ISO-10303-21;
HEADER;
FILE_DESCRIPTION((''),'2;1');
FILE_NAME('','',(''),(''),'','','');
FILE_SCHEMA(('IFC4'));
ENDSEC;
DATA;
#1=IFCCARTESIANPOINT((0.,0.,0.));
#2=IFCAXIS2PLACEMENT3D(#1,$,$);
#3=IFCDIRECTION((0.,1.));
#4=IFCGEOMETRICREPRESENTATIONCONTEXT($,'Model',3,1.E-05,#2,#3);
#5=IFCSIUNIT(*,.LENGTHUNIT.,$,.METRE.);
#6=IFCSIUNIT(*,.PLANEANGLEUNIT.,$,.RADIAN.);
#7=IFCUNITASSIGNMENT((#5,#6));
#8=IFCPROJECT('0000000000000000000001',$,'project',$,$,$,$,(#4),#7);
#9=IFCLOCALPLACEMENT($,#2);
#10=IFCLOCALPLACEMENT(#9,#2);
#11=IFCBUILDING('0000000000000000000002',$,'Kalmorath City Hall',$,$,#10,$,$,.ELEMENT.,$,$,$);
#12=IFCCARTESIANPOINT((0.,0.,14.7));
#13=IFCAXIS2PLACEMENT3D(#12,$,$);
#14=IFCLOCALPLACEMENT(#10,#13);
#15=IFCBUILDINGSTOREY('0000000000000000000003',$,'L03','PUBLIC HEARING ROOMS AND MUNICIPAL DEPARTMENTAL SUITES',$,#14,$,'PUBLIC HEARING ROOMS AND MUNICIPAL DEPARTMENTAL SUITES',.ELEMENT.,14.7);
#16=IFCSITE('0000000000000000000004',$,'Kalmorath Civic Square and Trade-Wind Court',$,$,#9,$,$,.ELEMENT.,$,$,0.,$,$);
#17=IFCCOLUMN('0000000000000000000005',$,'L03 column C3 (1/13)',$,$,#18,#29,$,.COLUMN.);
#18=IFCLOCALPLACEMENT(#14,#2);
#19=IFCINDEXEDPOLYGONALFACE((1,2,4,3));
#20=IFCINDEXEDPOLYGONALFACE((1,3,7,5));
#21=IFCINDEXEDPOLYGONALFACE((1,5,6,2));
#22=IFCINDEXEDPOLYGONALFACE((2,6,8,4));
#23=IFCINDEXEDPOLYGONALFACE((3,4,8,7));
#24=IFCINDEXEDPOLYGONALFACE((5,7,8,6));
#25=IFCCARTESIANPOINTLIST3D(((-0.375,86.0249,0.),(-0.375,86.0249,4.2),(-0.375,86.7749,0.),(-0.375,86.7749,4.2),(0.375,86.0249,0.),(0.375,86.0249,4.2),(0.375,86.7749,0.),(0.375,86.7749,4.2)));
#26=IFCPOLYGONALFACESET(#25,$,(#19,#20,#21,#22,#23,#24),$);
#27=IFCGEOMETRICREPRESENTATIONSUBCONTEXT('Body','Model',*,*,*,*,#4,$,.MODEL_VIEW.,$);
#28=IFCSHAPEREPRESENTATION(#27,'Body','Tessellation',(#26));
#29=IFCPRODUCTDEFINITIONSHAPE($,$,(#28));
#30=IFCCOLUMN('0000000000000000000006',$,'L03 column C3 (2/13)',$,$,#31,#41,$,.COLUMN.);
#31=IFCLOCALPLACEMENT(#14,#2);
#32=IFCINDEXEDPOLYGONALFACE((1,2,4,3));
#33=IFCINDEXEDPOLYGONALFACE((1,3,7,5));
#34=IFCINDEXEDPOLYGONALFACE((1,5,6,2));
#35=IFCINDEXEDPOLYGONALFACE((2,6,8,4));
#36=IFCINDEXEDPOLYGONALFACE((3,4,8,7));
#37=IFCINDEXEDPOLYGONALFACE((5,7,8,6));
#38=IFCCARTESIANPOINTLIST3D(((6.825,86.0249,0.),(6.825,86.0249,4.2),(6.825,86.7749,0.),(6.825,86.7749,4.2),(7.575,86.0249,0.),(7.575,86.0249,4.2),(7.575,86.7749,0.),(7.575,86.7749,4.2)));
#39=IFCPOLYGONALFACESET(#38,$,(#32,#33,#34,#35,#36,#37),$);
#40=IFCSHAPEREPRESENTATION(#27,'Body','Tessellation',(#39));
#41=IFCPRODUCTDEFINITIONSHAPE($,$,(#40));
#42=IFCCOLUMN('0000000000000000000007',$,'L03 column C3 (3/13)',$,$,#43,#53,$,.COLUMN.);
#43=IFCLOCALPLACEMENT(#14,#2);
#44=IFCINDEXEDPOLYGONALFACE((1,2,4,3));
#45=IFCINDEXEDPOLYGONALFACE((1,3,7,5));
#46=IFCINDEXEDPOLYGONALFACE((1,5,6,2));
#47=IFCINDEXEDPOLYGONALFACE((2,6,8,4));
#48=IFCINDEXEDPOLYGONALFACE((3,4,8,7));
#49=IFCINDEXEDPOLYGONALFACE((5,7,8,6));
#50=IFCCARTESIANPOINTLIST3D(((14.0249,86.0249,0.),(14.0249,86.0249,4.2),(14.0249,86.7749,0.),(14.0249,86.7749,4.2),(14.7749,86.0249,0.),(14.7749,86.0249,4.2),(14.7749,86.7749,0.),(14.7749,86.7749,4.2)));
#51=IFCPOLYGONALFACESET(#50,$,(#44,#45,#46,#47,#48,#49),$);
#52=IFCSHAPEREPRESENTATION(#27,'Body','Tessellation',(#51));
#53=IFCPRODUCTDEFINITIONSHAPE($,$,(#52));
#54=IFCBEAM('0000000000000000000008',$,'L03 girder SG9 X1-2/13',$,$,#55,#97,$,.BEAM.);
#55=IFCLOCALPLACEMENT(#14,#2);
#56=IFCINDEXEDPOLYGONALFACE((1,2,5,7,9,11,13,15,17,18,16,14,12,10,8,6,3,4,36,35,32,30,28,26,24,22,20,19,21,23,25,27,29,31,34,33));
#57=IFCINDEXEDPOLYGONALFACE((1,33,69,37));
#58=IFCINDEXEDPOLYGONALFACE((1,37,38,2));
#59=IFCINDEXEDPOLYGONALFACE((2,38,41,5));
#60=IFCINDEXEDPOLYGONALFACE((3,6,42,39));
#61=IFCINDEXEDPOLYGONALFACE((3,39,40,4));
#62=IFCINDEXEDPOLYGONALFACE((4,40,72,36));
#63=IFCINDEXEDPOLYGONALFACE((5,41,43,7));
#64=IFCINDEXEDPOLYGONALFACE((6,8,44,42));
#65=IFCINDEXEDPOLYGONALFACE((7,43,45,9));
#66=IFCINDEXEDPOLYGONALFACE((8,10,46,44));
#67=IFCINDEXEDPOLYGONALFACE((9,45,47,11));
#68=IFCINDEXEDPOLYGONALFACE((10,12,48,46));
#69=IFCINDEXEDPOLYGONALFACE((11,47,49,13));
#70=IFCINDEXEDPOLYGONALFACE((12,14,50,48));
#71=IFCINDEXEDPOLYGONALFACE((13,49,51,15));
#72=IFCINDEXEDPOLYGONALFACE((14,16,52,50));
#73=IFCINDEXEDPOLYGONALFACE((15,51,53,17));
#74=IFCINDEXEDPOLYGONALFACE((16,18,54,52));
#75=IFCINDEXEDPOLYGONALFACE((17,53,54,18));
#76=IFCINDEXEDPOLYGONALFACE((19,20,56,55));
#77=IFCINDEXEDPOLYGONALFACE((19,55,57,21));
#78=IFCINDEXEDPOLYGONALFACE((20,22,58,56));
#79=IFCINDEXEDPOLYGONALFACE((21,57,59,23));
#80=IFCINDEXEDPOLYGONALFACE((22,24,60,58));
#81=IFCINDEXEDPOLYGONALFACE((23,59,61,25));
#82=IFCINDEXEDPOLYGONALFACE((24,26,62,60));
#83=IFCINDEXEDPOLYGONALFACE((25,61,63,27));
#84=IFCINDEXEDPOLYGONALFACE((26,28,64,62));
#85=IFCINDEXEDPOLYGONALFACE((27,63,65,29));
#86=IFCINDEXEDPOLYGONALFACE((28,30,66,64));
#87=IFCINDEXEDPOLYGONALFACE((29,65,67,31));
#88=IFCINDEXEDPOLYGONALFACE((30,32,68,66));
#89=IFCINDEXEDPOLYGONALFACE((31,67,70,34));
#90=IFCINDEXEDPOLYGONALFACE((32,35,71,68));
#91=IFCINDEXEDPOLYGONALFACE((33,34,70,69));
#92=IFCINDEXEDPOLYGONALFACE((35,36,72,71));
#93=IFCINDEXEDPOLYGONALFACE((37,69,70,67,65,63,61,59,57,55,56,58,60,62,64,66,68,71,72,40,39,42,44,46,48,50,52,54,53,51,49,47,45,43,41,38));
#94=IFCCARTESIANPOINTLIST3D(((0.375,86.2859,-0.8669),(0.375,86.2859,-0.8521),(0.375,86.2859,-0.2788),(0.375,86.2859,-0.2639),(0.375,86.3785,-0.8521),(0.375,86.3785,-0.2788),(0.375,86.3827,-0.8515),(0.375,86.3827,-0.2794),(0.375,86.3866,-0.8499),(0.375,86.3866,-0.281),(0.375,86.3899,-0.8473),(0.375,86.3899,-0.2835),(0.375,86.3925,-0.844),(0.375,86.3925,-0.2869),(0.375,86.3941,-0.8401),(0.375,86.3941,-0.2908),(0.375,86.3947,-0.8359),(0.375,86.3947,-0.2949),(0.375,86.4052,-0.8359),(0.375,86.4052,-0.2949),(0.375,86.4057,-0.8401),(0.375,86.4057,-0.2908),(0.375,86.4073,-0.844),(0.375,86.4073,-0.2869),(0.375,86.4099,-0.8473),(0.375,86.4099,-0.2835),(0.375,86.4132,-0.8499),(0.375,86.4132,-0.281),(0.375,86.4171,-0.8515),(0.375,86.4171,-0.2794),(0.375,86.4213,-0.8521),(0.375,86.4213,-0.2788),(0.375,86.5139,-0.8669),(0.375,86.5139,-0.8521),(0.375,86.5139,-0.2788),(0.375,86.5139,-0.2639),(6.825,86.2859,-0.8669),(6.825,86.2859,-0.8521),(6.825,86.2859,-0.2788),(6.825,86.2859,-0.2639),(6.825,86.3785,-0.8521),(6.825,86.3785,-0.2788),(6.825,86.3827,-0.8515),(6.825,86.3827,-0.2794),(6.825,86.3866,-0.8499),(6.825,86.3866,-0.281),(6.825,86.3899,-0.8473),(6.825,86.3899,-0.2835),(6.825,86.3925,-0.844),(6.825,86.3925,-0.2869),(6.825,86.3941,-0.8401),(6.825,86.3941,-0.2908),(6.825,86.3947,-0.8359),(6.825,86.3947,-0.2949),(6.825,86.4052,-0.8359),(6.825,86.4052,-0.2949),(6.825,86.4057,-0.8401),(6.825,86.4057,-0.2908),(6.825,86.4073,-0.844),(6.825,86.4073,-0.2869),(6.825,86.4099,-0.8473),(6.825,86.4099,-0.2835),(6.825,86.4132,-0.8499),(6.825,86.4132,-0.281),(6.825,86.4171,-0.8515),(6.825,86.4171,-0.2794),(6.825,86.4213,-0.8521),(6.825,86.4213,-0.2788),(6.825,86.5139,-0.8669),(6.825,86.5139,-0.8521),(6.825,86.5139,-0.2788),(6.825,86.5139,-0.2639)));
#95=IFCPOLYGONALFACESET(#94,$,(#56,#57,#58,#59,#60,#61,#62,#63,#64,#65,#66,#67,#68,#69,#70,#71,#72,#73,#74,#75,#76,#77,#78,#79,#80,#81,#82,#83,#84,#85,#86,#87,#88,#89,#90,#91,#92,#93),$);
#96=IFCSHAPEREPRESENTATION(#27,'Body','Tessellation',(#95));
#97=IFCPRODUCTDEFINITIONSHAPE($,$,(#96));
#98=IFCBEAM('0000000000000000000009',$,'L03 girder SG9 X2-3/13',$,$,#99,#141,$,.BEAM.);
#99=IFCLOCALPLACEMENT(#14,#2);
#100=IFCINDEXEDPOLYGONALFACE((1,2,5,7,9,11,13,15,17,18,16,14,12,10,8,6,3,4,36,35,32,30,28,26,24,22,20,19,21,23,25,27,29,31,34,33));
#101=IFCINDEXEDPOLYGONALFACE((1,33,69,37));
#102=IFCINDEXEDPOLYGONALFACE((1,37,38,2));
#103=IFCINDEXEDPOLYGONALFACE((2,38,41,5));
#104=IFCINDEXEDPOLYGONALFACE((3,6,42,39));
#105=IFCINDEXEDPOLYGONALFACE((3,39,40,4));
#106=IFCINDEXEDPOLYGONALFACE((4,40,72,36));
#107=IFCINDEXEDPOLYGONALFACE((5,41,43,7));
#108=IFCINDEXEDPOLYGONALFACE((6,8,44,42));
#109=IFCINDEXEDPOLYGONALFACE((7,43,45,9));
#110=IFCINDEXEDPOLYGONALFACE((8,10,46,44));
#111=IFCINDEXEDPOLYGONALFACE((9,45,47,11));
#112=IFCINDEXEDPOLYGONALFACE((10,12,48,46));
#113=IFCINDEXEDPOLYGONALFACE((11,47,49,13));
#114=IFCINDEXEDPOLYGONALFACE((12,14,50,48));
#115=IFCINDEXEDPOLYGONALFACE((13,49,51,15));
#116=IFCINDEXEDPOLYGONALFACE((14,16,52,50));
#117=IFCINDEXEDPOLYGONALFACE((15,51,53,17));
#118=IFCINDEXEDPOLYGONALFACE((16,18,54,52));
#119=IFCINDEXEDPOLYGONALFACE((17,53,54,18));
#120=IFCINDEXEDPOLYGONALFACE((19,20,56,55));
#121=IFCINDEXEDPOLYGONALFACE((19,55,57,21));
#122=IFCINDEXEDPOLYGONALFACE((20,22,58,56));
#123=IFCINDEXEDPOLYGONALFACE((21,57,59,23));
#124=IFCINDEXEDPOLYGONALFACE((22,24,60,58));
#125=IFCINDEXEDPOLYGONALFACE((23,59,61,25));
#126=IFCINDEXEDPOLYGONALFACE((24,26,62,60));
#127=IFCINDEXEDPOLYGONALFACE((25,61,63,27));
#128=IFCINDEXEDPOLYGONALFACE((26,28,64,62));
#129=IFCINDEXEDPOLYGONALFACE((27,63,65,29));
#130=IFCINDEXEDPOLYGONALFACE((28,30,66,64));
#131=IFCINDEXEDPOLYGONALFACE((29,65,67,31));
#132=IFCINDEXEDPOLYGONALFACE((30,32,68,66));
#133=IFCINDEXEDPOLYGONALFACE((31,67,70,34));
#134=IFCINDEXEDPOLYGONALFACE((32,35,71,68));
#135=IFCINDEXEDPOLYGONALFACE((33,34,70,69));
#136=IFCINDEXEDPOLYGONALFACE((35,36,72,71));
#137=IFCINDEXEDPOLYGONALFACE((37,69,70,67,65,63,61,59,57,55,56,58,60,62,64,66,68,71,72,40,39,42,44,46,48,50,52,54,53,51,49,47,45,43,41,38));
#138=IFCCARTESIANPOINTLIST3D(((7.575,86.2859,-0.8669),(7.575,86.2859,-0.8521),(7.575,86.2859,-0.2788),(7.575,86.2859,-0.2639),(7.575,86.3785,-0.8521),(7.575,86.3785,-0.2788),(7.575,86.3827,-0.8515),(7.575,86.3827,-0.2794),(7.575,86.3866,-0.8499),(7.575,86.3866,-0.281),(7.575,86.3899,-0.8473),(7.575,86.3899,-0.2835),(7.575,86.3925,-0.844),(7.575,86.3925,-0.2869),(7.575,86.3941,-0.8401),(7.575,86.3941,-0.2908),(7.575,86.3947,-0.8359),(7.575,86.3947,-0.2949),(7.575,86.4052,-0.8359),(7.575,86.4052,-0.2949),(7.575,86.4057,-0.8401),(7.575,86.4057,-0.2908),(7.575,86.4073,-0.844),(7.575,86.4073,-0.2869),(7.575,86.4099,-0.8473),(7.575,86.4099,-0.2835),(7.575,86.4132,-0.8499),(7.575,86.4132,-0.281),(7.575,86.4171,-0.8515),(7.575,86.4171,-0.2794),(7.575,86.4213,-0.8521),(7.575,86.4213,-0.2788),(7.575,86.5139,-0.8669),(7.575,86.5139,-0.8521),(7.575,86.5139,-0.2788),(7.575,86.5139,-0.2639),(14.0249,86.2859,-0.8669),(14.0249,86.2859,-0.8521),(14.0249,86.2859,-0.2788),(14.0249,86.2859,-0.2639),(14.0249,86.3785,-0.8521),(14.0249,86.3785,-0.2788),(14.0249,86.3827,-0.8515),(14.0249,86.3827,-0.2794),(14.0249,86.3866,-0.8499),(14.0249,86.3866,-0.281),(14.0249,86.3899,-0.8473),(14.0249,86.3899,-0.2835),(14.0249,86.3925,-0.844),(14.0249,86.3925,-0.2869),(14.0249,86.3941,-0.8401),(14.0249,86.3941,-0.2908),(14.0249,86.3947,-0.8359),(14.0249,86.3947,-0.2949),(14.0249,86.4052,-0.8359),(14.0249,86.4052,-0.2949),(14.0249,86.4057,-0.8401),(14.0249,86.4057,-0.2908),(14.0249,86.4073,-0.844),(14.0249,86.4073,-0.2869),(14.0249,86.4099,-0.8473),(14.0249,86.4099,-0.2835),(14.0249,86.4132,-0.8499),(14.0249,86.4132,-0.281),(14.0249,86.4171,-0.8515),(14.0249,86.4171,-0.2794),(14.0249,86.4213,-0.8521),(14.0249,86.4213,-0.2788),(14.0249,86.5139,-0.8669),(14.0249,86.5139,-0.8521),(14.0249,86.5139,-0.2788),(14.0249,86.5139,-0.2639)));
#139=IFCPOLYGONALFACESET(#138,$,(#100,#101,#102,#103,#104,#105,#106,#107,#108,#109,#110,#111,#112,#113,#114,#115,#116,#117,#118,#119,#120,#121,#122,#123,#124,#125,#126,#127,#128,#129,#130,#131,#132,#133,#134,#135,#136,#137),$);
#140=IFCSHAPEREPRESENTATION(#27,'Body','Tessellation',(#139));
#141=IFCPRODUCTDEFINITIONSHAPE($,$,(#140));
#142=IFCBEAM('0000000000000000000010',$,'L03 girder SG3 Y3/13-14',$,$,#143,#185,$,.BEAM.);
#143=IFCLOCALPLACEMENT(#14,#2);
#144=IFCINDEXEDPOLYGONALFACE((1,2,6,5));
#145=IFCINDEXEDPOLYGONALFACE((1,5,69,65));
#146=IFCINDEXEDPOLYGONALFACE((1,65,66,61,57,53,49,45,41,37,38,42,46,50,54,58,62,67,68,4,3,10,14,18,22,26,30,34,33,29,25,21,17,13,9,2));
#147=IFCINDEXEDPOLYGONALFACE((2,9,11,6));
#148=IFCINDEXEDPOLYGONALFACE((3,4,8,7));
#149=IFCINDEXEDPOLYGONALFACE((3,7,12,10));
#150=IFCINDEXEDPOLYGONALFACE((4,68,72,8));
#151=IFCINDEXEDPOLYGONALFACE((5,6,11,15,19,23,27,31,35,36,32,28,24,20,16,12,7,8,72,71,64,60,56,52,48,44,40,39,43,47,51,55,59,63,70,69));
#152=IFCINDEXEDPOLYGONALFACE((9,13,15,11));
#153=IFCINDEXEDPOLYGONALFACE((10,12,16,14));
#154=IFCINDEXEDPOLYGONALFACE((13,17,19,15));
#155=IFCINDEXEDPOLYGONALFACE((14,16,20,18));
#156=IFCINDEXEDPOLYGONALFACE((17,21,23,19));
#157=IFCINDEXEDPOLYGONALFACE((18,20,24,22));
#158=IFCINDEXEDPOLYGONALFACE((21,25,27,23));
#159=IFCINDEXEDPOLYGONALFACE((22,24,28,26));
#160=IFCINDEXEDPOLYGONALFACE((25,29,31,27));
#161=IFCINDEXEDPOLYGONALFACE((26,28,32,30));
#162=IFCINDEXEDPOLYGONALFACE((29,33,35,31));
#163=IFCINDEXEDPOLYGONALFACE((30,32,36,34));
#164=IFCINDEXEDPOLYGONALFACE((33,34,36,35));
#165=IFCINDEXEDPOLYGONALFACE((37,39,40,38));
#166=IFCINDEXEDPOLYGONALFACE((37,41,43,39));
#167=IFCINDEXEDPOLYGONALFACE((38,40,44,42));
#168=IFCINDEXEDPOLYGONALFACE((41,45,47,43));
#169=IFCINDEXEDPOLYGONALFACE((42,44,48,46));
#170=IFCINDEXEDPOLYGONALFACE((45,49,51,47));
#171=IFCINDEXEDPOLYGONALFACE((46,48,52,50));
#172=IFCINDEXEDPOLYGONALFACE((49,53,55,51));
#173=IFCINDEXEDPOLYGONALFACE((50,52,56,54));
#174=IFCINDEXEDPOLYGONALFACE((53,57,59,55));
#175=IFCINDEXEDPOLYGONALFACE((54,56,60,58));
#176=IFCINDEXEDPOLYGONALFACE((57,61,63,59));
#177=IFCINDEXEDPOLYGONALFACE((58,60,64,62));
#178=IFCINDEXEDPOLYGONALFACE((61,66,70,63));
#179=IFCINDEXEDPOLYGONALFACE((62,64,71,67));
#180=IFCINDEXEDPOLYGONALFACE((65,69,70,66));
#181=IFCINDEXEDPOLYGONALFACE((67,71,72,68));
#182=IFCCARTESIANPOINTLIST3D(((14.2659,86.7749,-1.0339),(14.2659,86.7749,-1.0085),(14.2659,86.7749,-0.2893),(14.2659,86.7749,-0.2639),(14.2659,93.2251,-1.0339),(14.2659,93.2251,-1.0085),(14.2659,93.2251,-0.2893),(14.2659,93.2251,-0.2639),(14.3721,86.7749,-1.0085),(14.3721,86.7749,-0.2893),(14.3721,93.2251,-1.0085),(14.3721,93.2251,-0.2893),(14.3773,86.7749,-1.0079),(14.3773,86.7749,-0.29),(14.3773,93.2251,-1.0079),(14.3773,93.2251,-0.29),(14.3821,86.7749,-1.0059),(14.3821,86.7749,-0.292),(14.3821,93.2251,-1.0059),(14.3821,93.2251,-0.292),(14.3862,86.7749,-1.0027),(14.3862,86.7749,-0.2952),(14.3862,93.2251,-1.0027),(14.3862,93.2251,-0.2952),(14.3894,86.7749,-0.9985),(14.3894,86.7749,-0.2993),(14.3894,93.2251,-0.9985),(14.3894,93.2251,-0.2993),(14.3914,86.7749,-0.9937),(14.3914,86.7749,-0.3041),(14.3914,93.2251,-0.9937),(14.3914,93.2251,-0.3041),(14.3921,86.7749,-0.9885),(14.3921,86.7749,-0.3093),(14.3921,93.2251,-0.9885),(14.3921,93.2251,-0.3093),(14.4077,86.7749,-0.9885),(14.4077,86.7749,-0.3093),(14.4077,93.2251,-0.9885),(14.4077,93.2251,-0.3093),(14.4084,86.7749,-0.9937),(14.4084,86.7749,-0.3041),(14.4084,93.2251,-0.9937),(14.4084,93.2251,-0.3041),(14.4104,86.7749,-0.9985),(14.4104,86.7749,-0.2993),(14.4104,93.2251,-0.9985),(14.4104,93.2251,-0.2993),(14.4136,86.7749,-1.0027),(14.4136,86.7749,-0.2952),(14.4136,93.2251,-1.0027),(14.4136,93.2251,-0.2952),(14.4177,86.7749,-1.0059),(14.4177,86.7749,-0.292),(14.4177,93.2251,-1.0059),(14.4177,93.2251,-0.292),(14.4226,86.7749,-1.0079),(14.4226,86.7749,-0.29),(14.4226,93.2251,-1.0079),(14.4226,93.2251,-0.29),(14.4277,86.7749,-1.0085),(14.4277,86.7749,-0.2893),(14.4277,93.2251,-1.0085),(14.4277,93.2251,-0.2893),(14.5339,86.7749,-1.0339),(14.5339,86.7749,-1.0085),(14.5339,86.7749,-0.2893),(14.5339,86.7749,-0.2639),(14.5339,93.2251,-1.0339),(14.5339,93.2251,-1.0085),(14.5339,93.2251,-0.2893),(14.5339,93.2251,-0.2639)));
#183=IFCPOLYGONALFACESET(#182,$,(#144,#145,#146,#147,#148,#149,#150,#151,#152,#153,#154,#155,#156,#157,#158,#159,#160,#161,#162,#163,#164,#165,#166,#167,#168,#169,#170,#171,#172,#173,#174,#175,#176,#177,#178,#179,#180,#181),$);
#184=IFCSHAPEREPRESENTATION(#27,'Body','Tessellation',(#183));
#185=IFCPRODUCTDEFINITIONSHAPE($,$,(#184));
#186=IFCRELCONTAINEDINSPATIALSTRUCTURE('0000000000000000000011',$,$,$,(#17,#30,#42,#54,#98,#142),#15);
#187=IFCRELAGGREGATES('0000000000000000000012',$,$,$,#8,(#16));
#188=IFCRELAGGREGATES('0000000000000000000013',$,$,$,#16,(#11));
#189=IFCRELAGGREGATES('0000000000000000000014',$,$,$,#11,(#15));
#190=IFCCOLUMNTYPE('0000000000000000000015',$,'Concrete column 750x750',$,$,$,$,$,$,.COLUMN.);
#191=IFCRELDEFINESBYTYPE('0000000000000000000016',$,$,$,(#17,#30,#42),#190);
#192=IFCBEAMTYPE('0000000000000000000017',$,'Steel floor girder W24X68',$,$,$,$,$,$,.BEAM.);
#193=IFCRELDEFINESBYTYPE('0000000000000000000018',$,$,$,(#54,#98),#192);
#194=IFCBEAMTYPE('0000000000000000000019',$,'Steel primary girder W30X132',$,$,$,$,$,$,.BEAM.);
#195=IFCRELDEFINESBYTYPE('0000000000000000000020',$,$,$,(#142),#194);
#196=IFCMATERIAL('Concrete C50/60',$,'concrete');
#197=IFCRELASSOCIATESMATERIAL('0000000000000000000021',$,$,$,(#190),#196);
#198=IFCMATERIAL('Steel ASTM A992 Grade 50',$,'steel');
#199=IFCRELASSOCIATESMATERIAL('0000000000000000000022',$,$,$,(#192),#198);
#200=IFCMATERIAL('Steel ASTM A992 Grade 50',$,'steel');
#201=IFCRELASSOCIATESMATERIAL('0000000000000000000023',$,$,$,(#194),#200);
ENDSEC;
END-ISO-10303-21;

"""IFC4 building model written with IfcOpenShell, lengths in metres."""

from ifc_helpers import new_model, si_unit, direction, frame, origin, origin_2d, place, context, subcontext, project, spatial, rectangle, i_section, extrude, material, material_profile, profile_set, type_object, element, save


model = new_model("IFC4")

# Units and contexts
model_context = context("Model", 3, precision=1e-05, world=origin(), true_north=direction((0.0, 1.0)))
body_context = subcontext(model_context, "Body", "Model", "MODEL_VIEW")
ifc_project = project(units=[si_unit("LENGTHUNIT", "METRE"), si_unit("PLANEANGLEUNIT", "RADIAN")], contexts=[model_context])

# Site, building, storey
site_placement = place(None, origin())
site = spatial("IfcSite", under=ifc_project, at=site_placement, Name="Kalmorath Civic Square and Trade-Wind Court", CompositionType="ELEMENT", RefElevation=0.0)
building_placement = place(site_placement, origin())
building = spatial("IfcBuilding", under=site, at=building_placement, Name="Kalmorath City Hall", CompositionType="ELEMENT")
storey_placement = place(building_placement, frame((0.0, 0.0, 14.7)))
storey = spatial("IfcBuildingStorey", under=building, at=storey_placement, Name="L03", Description="PUBLIC HEARING ROOMS AND MUNICIPAL DEPARTMENTAL SUITES", LongName="PUBLIC HEARING ROOMS AND MUNICIPAL DEPARTMENTAL SUITES", CompositionType="ELEMENT", Elevation=14.7)

# Columns
ifc_material_1 = material(Name="Concrete C50/60", Category="concrete")
ifc_material_profile_1 = material_profile(ifc_material_1, rectangle(XDim=0.75, YDim=0.75, at=origin_2d()), Name="RC-COL-750X750")
ifc_profile_set_1 = profile_set([ifc_material_profile_1], Name="Concrete C50/60")
column_type = type_object("IfcColumnType", Name="Concrete column 750x750", PredefinedType="COLUMN", material=ifc_profile_set_1)
for number, where, z_axis, x_axis, name in (
    (1, (0.0, 86.3999, 0.0), (0.0, 0.0, 1.0), (1.0, 0.0, 0.0), "L03 column C3 (1/13)"),
    (2, (7.2, 86.3999, 0.0), (0.0, 0.0, 1.0), (1.0, 0.0, 0.0), "L03 column C3 (2/13)"),
    (3, (14.3999, 86.3999, 0.0), (0.0, 0.0, 1.0), (1.0, 0.0, 0.0), "L03 column C3 (3/13)"),
):
    element("IfcColumn", number, at=place(storey_placement, frame(where, z_axis=z_axis, x_axis=x_axis)), inside=storey, type_object=column_type, Name=name, PredefinedType="COLUMN", context=body_context, shape_type="SweptSolid", body=[
        extrude(rectangle(XDim=0.75, YDim=0.75, at=origin_2d()), origin(), (0.0, 0.0, 1.0), 4.2),
    ])

# Beams
ifc_material_2 = material(Name="Steel ASTM A992 Grade 50", Category="steel")
ifc_material_profile_2 = material_profile(ifc_material_2, i_section(OverallWidth=0.228, OverallDepth=0.603, WebThickness=0.0105, FlangeThickness=0.0149, FilletRadius=0.0161, at=origin_2d()), Name="W24X68")
ifc_profile_set_2 = profile_set([ifc_material_profile_2], Name="Steel ASTM A992 Grade 50")
beam_type_1 = type_object("IfcBeamType", Name="Steel floor girder W24X68", PredefinedType="BEAM", material=ifc_profile_set_2)
for number, where, z_axis, x_axis, name in (
    (4, (0.375, 86.3999, -0.5654), (1.0, 0.0, 0.0), (0.0, 1.0, 0.0), "L03 girder SG9 X1-2/13"),
    (5, (7.575, 86.3999, -0.5654), (1.0, 0.0, 0.0), (0.0, 1.0, 0.0), "L03 girder SG9 X2-3/13"),
):
    element("IfcBeam", number, at=place(storey_placement, frame(where, z_axis=z_axis, x_axis=x_axis)), inside=storey, type_object=beam_type_1, Name=name, PredefinedType="BEAM", context=body_context, shape_type="SweptSolid", body=[
        extrude(i_section(OverallWidth=0.228, OverallDepth=0.603, WebThickness=0.0105, FlangeThickness=0.0149, FilletRadius=0.0161, at=origin_2d()), origin(), (0.0, 0.0, 1.0), 6.45),
    ])
ifc_material_3 = material(Name="Steel ASTM A992 Grade 50", Category="steel")
ifc_material_profile_3 = material_profile(ifc_material_3, i_section(OverallWidth=0.2681, OverallDepth=0.77, WebThickness=0.0156, FlangeThickness=0.0254, FilletRadius=0.02, at=origin_2d()), Name="W30X132")
ifc_profile_set_3 = profile_set([ifc_material_profile_3], Name="Steel ASTM A992 Grade 50")
beam_type_2 = type_object("IfcBeamType", Name="Steel primary girder W30X132", PredefinedType="BEAM", material=ifc_profile_set_3)
beam_1_placement = place(storey_placement, frame((14.3999, 86.7749, -0.6489), z_axis=(0.0, 1.0, 0.0), x_axis=(-1.0, 0.0, 0.0)))
element("IfcBeam", 6, at=beam_1_placement, inside=storey, type_object=beam_type_2, Name="L03 girder SG3 Y3/13-14", PredefinedType="BEAM", context=body_context, shape_type="SweptSolid", body=[
    extrude(i_section(OverallWidth=0.2681, OverallDepth=0.77, WebThickness=0.0156, FlangeThickness=0.0254, FilletRadius=0.02, at=origin_2d()), origin(), (0.0, 0.0, 1.0), 6.4502),
])

save(model, "model.ifc")
